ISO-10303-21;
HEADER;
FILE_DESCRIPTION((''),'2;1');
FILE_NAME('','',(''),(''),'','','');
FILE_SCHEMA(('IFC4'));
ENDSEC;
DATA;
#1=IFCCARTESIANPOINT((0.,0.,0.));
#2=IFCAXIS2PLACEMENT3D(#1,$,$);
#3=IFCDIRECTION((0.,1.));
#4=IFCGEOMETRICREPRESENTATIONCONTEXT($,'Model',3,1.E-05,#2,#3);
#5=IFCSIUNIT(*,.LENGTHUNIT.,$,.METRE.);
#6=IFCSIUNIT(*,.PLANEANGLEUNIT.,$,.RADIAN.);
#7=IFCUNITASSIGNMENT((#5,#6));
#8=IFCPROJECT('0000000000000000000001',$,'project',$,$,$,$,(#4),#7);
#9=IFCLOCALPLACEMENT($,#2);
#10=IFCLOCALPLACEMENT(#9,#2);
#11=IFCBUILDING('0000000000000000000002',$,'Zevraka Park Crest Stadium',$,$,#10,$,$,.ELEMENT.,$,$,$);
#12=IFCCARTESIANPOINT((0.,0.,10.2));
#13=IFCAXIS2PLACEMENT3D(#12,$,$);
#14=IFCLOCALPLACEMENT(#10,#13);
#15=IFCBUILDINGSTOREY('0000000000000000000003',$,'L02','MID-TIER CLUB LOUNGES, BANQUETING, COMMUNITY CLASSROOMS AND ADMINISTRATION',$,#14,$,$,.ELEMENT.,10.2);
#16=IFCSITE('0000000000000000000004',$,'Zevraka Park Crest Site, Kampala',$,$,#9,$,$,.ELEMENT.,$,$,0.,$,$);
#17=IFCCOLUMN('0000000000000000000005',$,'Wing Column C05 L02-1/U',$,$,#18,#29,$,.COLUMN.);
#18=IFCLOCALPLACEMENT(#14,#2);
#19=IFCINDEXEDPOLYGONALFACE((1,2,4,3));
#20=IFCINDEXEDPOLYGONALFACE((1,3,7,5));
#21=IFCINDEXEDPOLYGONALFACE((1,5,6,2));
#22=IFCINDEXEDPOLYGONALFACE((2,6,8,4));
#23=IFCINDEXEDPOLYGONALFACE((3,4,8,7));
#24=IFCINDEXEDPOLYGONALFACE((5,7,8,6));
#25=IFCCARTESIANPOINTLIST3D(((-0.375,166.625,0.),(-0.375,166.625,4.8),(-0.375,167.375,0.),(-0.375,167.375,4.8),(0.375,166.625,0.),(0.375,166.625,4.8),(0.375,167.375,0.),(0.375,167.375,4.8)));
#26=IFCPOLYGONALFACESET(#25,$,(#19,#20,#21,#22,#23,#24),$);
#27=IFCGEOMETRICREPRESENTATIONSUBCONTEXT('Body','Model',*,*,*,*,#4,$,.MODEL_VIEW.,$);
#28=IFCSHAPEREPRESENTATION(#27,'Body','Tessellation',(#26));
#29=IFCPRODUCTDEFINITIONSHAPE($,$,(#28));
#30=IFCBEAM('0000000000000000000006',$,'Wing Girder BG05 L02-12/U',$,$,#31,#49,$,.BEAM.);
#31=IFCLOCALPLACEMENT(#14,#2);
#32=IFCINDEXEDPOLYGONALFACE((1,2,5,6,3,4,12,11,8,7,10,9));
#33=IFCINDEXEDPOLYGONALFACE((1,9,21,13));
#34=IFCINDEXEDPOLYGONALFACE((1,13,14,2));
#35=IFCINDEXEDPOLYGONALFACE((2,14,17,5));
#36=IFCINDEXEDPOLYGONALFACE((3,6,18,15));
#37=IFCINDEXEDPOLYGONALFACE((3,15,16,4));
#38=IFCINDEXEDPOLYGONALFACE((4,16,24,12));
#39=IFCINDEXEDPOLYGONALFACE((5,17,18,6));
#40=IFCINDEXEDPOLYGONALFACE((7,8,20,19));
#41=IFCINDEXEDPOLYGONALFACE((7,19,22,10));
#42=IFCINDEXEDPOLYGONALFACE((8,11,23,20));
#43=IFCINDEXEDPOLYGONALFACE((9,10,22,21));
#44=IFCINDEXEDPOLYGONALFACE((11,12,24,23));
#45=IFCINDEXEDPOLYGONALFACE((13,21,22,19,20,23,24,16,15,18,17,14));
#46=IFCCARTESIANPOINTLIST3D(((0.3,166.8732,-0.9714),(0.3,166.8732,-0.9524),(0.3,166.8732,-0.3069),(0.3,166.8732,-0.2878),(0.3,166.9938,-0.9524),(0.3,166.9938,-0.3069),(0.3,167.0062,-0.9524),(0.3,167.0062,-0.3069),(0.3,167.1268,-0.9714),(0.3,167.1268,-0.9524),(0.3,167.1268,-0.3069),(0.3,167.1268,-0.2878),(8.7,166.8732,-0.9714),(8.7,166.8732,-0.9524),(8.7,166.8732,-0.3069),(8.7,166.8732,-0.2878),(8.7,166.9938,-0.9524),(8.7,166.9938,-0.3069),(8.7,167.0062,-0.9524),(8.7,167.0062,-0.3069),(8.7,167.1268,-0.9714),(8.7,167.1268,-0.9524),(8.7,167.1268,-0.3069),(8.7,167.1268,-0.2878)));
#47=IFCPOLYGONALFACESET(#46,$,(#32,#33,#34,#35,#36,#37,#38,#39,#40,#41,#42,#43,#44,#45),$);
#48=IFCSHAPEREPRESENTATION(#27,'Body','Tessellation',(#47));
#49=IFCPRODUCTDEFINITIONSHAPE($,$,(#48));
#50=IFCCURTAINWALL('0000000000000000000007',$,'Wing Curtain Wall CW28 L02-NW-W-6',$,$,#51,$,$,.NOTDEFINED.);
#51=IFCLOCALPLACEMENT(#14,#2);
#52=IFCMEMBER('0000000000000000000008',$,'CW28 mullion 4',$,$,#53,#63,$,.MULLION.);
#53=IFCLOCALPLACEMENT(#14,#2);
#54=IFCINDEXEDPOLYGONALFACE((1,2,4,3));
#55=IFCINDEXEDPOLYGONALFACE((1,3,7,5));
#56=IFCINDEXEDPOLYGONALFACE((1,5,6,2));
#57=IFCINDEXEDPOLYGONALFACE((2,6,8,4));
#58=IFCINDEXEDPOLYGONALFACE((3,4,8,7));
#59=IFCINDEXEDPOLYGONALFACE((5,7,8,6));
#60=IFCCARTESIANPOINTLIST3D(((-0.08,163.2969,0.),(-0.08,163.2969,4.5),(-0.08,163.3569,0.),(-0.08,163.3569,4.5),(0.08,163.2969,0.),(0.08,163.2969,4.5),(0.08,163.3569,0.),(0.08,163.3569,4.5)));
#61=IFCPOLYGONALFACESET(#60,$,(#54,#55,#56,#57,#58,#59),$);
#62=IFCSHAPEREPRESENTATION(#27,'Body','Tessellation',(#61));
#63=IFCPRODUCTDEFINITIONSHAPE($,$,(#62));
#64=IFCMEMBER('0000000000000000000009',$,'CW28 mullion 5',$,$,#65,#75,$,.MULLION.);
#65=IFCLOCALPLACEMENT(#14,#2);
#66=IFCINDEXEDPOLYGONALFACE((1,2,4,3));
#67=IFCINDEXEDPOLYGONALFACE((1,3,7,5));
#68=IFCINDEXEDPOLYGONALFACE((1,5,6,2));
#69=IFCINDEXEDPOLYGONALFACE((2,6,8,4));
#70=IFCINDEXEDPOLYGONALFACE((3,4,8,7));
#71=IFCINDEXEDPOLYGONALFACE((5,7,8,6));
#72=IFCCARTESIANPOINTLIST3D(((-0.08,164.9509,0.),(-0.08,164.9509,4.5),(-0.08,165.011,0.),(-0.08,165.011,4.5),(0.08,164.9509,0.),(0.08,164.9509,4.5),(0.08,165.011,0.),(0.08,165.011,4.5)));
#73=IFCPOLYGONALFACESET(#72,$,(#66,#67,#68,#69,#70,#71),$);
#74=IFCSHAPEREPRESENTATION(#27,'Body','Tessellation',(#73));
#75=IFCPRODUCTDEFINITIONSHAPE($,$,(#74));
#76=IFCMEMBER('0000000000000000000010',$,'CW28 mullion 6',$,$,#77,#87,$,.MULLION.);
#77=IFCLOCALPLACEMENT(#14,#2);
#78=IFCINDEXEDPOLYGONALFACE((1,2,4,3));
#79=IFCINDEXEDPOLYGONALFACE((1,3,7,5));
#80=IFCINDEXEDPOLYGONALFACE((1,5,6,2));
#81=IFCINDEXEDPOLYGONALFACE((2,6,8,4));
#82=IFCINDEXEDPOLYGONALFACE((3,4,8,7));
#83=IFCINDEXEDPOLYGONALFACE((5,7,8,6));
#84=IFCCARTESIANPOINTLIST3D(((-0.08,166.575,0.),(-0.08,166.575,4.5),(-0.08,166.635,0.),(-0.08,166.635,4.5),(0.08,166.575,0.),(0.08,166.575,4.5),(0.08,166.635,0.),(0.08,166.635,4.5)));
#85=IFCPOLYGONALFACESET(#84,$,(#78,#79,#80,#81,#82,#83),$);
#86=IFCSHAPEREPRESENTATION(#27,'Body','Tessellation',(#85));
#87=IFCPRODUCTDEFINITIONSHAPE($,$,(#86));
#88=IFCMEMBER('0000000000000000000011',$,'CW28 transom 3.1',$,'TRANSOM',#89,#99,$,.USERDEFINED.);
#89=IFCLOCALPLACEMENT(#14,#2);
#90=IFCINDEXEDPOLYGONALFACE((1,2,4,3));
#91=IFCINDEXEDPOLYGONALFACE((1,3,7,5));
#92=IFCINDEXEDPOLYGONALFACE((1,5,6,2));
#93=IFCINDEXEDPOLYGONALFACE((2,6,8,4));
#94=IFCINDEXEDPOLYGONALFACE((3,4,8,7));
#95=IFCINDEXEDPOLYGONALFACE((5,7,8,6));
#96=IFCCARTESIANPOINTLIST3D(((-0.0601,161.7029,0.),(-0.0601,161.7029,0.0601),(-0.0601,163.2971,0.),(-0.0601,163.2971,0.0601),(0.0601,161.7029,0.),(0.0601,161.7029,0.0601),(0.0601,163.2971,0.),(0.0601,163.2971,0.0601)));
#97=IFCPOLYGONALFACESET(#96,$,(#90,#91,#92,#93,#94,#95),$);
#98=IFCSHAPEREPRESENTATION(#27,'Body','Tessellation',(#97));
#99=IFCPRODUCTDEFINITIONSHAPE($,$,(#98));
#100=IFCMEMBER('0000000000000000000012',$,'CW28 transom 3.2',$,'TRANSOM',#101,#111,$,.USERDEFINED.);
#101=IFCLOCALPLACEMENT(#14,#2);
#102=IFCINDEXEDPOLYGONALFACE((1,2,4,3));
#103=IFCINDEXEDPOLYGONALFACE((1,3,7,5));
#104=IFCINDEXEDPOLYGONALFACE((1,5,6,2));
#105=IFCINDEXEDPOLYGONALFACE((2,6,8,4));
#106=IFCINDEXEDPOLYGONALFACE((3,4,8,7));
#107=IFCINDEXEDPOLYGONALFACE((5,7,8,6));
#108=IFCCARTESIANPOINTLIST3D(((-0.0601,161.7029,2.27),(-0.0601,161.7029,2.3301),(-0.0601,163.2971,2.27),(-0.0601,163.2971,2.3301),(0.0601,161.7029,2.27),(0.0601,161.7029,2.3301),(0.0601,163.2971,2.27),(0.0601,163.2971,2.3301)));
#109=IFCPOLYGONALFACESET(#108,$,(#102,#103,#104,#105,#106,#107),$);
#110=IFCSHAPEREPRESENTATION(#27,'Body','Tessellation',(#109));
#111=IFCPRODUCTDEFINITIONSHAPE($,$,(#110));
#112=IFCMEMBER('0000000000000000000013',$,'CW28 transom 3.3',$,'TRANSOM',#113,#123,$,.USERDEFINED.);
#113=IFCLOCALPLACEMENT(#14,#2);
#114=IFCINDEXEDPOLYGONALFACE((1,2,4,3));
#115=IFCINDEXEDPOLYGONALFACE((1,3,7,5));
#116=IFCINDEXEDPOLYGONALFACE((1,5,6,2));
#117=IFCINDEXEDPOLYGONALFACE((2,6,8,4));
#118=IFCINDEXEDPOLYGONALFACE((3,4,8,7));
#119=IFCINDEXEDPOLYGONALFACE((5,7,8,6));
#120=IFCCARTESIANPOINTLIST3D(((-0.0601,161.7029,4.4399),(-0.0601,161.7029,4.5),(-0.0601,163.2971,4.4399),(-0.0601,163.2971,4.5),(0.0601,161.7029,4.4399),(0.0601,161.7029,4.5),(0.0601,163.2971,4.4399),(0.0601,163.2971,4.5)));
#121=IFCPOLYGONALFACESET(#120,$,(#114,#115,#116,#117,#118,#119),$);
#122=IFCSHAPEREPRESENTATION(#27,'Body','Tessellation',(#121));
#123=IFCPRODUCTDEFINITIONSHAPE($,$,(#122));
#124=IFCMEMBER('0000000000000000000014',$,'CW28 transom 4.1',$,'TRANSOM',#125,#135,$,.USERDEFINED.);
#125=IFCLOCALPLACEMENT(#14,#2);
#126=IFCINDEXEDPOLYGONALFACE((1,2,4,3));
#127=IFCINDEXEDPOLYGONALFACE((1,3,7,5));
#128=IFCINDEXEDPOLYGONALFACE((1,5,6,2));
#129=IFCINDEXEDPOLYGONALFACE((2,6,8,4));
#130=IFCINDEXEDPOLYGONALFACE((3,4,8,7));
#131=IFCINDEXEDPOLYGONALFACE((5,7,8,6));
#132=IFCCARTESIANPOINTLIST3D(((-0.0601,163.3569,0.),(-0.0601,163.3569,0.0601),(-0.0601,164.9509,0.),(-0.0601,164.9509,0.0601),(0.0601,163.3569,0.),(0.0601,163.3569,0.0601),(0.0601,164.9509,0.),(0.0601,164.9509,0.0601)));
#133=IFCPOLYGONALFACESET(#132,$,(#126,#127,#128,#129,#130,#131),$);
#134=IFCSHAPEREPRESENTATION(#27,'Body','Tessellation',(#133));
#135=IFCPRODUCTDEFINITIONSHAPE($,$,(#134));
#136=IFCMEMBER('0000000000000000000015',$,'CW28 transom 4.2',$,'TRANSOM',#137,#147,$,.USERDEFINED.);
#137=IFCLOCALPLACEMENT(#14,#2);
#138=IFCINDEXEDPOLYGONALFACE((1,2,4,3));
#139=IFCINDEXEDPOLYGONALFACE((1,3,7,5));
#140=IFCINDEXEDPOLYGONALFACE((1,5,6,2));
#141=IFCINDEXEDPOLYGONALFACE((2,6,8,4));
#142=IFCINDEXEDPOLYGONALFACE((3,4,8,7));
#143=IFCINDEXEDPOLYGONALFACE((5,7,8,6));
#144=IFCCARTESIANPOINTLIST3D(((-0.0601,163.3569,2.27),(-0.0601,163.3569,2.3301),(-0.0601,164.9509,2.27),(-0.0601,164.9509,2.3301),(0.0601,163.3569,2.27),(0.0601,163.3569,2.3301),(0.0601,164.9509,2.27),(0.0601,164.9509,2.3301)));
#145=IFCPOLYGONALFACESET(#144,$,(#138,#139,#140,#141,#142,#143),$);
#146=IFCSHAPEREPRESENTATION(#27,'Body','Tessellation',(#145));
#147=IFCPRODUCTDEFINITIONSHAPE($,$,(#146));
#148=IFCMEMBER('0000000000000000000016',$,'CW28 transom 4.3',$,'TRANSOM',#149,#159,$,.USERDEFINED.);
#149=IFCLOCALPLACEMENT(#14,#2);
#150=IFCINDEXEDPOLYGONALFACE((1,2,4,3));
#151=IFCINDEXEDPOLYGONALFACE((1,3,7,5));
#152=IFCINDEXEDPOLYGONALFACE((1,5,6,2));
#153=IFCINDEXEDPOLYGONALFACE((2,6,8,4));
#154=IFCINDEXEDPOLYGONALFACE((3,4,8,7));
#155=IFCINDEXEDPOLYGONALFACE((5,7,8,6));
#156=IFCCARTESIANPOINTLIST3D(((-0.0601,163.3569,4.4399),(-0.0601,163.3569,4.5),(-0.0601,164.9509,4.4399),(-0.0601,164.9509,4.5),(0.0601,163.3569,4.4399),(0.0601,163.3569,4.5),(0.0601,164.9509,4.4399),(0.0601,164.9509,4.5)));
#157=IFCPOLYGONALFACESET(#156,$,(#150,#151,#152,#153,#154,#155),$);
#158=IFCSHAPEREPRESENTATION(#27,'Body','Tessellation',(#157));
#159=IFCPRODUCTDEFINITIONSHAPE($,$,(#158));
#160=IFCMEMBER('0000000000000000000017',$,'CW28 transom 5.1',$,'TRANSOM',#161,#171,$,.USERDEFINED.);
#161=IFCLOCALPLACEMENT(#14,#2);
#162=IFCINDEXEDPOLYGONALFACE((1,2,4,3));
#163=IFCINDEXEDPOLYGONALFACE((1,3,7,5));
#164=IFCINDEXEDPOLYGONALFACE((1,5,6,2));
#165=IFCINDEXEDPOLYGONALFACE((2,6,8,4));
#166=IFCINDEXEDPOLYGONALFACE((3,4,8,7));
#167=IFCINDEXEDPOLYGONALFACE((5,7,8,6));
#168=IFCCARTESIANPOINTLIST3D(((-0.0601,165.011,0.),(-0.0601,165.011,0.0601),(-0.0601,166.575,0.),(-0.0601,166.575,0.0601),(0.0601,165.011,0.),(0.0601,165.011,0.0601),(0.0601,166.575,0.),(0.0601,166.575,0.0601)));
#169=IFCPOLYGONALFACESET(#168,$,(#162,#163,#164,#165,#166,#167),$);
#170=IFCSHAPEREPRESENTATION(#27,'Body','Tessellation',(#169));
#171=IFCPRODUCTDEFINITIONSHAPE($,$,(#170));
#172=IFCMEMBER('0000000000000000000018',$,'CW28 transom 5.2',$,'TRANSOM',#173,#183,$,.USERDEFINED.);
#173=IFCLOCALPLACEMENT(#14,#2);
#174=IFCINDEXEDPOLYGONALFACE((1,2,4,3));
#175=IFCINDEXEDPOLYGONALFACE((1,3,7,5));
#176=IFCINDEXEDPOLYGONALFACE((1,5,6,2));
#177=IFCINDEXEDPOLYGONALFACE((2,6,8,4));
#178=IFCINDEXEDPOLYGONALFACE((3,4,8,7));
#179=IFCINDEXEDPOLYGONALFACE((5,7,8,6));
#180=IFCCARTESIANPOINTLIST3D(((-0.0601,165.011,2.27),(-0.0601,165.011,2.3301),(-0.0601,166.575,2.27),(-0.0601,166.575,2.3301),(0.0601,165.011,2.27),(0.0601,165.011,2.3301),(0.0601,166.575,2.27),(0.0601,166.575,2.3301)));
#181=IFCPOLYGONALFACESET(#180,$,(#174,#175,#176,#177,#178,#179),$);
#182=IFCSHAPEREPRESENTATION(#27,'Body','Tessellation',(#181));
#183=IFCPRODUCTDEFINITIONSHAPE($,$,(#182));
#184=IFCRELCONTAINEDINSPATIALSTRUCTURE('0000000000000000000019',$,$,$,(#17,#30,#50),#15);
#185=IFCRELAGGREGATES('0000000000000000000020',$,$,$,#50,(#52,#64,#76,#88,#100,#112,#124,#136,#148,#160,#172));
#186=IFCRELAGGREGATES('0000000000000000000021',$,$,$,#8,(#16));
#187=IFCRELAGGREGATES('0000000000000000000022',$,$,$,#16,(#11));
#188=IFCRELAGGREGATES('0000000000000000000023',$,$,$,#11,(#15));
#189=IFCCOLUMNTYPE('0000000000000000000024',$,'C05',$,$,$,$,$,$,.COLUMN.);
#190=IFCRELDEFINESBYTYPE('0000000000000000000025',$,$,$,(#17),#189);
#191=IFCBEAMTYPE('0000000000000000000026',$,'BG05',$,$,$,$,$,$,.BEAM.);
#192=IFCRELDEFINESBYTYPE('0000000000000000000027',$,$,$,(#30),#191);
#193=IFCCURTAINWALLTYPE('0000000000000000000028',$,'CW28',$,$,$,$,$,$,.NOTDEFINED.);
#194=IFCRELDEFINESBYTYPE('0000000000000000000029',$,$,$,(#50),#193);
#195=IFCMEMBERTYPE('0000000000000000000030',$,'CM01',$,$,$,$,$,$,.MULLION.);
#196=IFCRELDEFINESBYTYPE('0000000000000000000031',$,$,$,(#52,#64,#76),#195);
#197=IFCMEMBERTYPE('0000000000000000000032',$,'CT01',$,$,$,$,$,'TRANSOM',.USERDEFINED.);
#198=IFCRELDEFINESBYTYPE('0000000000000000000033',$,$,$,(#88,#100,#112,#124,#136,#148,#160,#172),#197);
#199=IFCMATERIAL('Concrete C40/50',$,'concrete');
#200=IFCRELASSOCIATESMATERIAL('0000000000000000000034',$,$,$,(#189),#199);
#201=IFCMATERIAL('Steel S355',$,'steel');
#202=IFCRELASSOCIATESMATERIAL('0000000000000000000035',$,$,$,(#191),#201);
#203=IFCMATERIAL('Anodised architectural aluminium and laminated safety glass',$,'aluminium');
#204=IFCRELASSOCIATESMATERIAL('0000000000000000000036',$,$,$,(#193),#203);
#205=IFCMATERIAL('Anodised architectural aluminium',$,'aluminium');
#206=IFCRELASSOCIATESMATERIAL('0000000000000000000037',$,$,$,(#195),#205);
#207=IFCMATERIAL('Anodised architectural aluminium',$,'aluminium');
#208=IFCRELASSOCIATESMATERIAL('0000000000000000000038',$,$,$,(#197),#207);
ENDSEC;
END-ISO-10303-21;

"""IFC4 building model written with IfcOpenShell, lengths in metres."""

from ifc_helpers import new_model, si_unit, direction, frame, origin, origin_2d, place, context, subcontext, project, spatial, rectangle, i_section, extrude, material, material_profile, profile_set, type_object, element, aggregate, save


model = new_model("IFC4")

# Units and contexts
model_context = context("Model", 3, precision=1e-05, world=origin(), true_north=direction((0.0, 1.0)))
body_context = subcontext(model_context, "Body", "Model", "MODEL_VIEW")
ifc_project = project(units=[si_unit("LENGTHUNIT", "METRE"), si_unit("PLANEANGLEUNIT", "RADIAN")], contexts=[model_context])

# Site, building, storey
site_placement = place(None, origin())
site = spatial("IfcSite", under=ifc_project, at=site_placement, Name="Zevraka Park Crest Site, Kampala", CompositionType="ELEMENT", RefElevation=0.0)
building_placement = place(site_placement, origin())
building = spatial("IfcBuilding", under=site, at=building_placement, Name="Zevraka Park Crest Stadium", CompositionType="ELEMENT")
storey_placement = place(building_placement, frame((0.0, 0.0, 10.2)))
storey = spatial("IfcBuildingStorey", under=building, at=storey_placement, Name="L02", Description="MID-TIER CLUB LOUNGES, BANQUETING, COMMUNITY CLASSROOMS AND ADMINISTRATION", CompositionType="ELEMENT", Elevation=10.2)

# Column
ifc_material_1 = material(Name="Concrete C40/50", Category="concrete")
ifc_material_profile_1 = material_profile(ifc_material_1, rectangle(XDim=0.75, YDim=0.75, at=origin_2d()), Name="RC 750x750")
ifc_profile_set_1 = profile_set([ifc_material_profile_1], Name="Concrete C40/50")
column_type = type_object("IfcColumnType", Name="C05", PredefinedType="COLUMN", material=ifc_profile_set_1)
column_placement = place(storey_placement, frame((0.0, 167.0, 0.0), z_axis=(0.0, 0.0, 1.0), x_axis=(1.0, 0.0, 0.0)))
element("IfcColumn", 1, at=column_placement, inside=storey, type_object=column_type, Name="Wing Column C05 L02-1/U", PredefinedType="COLUMN", context=body_context, shape_type="SweptSolid", body=[
    extrude(rectangle(XDim=0.75, YDim=0.75, at=origin_2d()), origin(), (0.0, 0.0, 1.0), 4.8),
])

# Beam
ifc_material_2 = material(Name="Steel S355", Category="steel")
ifc_material_profile_2 = material_profile(ifc_material_2, i_section(OverallWidth=0.2537, OverallDepth=0.6836, WebThickness=0.0125, FlangeThickness=0.019, at=origin_2d()), Name="UKB 686x254x140")
ifc_profile_set_2 = profile_set([ifc_material_profile_2], Name="Steel S355")
beam_type = type_object("IfcBeamType", Name="BG05", PredefinedType="BEAM", material=ifc_profile_set_2)
beam_placement = place(storey_placement, frame((0.3, 167.0, -0.6296), z_axis=(1.0, 0.0, 0.0), x_axis=(0.0, 1.0, 0.0)))
element("IfcBeam", 2, at=beam_placement, inside=storey, type_object=beam_type, Name="Wing Girder BG05 L02-12/U", PredefinedType="BEAM", context=body_context, shape_type="SweptSolid", body=[
    extrude(i_section(OverallWidth=0.2537, OverallDepth=0.6836, WebThickness=0.0125, FlangeThickness=0.019, at=origin_2d()), origin(), (0.0, 0.0, 1.0), 8.3999),
])

# Curtain wall, members
ifc_material_3 = material(Name="Anodised architectural aluminium and laminated safety glass", Category="aluminium")
curtain_wall_type = type_object("IfcCurtainWallType", Name="CW28", PredefinedType="NOTDEFINED", material=ifc_material_3)
curtain_wall_placement = place(storey_placement, origin())
curtain_wall = element("IfcCurtainWall", 3, at=curtain_wall_placement, inside=storey, type_object=curtain_wall_type, Name="Wing Curtain Wall CW28 L02-NW-W-6", PredefinedType="NOTDEFINED")
ifc_material_4 = material(Name="Anodised architectural aluminium", Category="aluminium")
ifc_material_profile_3 = material_profile(ifc_material_4, rectangle(XDim=0.1599, YDim=0.0601, at=origin_2d()), Name="ALU MULLION 160x60")
ifc_profile_set_3 = profile_set([ifc_material_profile_3], Name="Anodised architectural aluminium")
member_type_1 = type_object("IfcMemberType", Name="CM01", PredefinedType="MULLION", material=ifc_profile_set_3)
member_1_placement = place(storey_placement, frame((0.0, 163.3269, 0.0), z_axis=(0.0, 0.0, 1.0), x_axis=(-1.0, 0.0, 0.0)))
member_1 = element("IfcMember", 4, at=member_1_placement, type_object=member_type_1, Name="CW28 mullion 4", PredefinedType="MULLION", context=body_context, shape_type="SweptSolid", body=[
    extrude(rectangle(XDim=0.1599, YDim=0.0601, at=origin_2d()), origin(), (0.0, 0.0, 1.0), 4.5),
])
member_2_placement = place(storey_placement, frame((0.0, 164.981, 0.0), z_axis=(0.0, 0.0, 1.0), x_axis=(-1.0, 0.0, 0.0)))
member_2 = element("IfcMember", 5, at=member_2_placement, type_object=member_type_1, Name="CW28 mullion 5", PredefinedType="MULLION", context=body_context, shape_type="SweptSolid", body=[
    extrude(rectangle(XDim=0.1599, YDim=0.0601, at=origin_2d()), origin(), (0.0, 0.0, 1.0), 4.5),
])
member_3_placement = place(storey_placement, frame((0.0, 166.605, 0.0), z_axis=(0.0, 0.0, 1.0), x_axis=(-1.0, 0.0, 0.0)))
member_3 = element("IfcMember", 6, at=member_3_placement, type_object=member_type_1, Name="CW28 mullion 6", PredefinedType="MULLION", context=body_context, shape_type="SweptSolid", body=[
    extrude(rectangle(XDim=0.1599, YDim=0.0601, at=origin_2d()), origin(), (0.0, 0.0, 1.0), 4.5),
])
ifc_material_5 = material(Name="Anodised architectural aluminium", Category="aluminium")
ifc_material_profile_4 = material_profile(ifc_material_5, rectangle(XDim=0.1201, YDim=0.0601, at=origin_2d()), Name="ALU TRANSOM 120x60")
ifc_profile_set_4 = profile_set([ifc_material_profile_4], Name="Anodised architectural aluminium")
member_type_2 = type_object("IfcMemberType", Name="CT01", ElementType="TRANSOM", PredefinedType="USERDEFINED", material=ifc_profile_set_4)
member_4_placement = place(storey_placement, frame((0.0, 161.7029, 0.03), z_axis=(0.0, 1.0, 0.0), x_axis=(-1.0, 0.0, 0.0)))
member_4 = element("IfcMember", 7, at=member_4_placement, type_object=member_type_2, Name="CW28 transom 3.1", ObjectType="TRANSOM", PredefinedType="USERDEFINED", context=body_context, shape_type="SweptSolid", body=[
    extrude(rectangle(XDim=0.1201, YDim=0.0601, at=origin_2d()), origin(), (0.0, 0.0, 1.0), 1.5942),
])
member_5_placement = place(storey_placement, frame((0.0, 161.7029, 2.3), z_axis=(0.0, 1.0, 0.0), x_axis=(-1.0, 0.0, 0.0)))
member_5 = element("IfcMember", 8, at=member_5_placement, type_object=member_type_2, Name="CW28 transom 3.2", ObjectType="TRANSOM", PredefinedType="USERDEFINED", context=body_context, shape_type="SweptSolid", body=[
    extrude(rectangle(XDim=0.1201, YDim=0.0601, at=origin_2d()), origin(), (0.0, 0.0, 1.0), 1.5942),
])
member_6_placement = place(storey_placement, frame((0.0, 161.7029, 4.47), z_axis=(0.0, 1.0, 0.0), x_axis=(-1.0, 0.0, 0.0)))
member_6 = element("IfcMember", 9, at=member_6_placement, type_object=member_type_2, Name="CW28 transom 3.3", ObjectType="TRANSOM", PredefinedType="USERDEFINED", context=body_context, shape_type="SweptSolid", body=[
    extrude(rectangle(XDim=0.1201, YDim=0.0601, at=origin_2d()), origin(), (0.0, 0.0, 1.0), 1.5942),
])
member_7_placement = place(storey_placement, frame((0.0, 163.3569, 0.03), z_axis=(0.0, 1.0, 0.0), x_axis=(-1.0, 0.0, 0.0)))
member_7 = element("IfcMember", 10, at=member_7_placement, type_object=member_type_2, Name="CW28 transom 4.1", ObjectType="TRANSOM", PredefinedType="USERDEFINED", context=body_context, shape_type="SweptSolid", body=[
    extrude(rectangle(XDim=0.1201, YDim=0.0601, at=origin_2d()), origin(), (0.0, 0.0, 1.0), 1.594),
])
member_8_placement = place(storey_placement, frame((0.0, 163.3569, 2.3), z_axis=(0.0, 1.0, 0.0), x_axis=(-1.0, 0.0, 0.0)))
member_8 = element("IfcMember", 11, at=member_8_placement, type_object=member_type_2, Name="CW28 transom 4.2", ObjectType="TRANSOM", PredefinedType="USERDEFINED", context=body_context, shape_type="SweptSolid", body=[
    extrude(rectangle(XDim=0.1201, YDim=0.0601, at=origin_2d()), origin(), (0.0, 0.0, 1.0), 1.594),
])
member_9_placement = place(storey_placement, frame((0.0, 163.3569, 4.47), z_axis=(0.0, 1.0, 0.0), x_axis=(-1.0, 0.0, 0.0)))
member_9 = element("IfcMember", 12, at=member_9_placement, type_object=member_type_2, Name="CW28 transom 4.3", ObjectType="TRANSOM", PredefinedType="USERDEFINED", context=body_context, shape_type="SweptSolid", body=[
    extrude(rectangle(XDim=0.1201, YDim=0.0601, at=origin_2d()), origin(), (0.0, 0.0, 1.0), 1.594),
])
member_10_placement = place(storey_placement, frame((0.0, 165.011, 0.03), z_axis=(0.0, 1.0, 0.0), x_axis=(-1.0, 0.0, 0.0)))
member_10 = element("IfcMember", 13, at=member_10_placement, type_object=member_type_2, Name="CW28 transom 5.1", ObjectType="TRANSOM", PredefinedType="USERDEFINED", context=body_context, shape_type="SweptSolid", body=[
    extrude(rectangle(XDim=0.1201, YDim=0.0601, at=origin_2d()), origin(), (0.0, 0.0, 1.0), 1.564),
])
member_11_placement = place(storey_placement, frame((0.0, 165.011, 2.3), z_axis=(0.0, 1.0, 0.0), x_axis=(-1.0, 0.0, 0.0)))
member_11 = element("IfcMember", 14, at=member_11_placement, type_object=member_type_2, Name="CW28 transom 5.2", ObjectType="TRANSOM", PredefinedType="USERDEFINED", context=body_context, shape_type="SweptSolid", body=[
    extrude(rectangle(XDim=0.1201, YDim=0.0601, at=origin_2d()), origin(), (0.0, 0.0, 1.0), 1.564),
])
aggregate(curtain_wall, [member_1, member_2, member_3, member_4, member_5, member_6, member_7, member_8, member_9, member_10, member_11])

save(model, "model.ifc")
